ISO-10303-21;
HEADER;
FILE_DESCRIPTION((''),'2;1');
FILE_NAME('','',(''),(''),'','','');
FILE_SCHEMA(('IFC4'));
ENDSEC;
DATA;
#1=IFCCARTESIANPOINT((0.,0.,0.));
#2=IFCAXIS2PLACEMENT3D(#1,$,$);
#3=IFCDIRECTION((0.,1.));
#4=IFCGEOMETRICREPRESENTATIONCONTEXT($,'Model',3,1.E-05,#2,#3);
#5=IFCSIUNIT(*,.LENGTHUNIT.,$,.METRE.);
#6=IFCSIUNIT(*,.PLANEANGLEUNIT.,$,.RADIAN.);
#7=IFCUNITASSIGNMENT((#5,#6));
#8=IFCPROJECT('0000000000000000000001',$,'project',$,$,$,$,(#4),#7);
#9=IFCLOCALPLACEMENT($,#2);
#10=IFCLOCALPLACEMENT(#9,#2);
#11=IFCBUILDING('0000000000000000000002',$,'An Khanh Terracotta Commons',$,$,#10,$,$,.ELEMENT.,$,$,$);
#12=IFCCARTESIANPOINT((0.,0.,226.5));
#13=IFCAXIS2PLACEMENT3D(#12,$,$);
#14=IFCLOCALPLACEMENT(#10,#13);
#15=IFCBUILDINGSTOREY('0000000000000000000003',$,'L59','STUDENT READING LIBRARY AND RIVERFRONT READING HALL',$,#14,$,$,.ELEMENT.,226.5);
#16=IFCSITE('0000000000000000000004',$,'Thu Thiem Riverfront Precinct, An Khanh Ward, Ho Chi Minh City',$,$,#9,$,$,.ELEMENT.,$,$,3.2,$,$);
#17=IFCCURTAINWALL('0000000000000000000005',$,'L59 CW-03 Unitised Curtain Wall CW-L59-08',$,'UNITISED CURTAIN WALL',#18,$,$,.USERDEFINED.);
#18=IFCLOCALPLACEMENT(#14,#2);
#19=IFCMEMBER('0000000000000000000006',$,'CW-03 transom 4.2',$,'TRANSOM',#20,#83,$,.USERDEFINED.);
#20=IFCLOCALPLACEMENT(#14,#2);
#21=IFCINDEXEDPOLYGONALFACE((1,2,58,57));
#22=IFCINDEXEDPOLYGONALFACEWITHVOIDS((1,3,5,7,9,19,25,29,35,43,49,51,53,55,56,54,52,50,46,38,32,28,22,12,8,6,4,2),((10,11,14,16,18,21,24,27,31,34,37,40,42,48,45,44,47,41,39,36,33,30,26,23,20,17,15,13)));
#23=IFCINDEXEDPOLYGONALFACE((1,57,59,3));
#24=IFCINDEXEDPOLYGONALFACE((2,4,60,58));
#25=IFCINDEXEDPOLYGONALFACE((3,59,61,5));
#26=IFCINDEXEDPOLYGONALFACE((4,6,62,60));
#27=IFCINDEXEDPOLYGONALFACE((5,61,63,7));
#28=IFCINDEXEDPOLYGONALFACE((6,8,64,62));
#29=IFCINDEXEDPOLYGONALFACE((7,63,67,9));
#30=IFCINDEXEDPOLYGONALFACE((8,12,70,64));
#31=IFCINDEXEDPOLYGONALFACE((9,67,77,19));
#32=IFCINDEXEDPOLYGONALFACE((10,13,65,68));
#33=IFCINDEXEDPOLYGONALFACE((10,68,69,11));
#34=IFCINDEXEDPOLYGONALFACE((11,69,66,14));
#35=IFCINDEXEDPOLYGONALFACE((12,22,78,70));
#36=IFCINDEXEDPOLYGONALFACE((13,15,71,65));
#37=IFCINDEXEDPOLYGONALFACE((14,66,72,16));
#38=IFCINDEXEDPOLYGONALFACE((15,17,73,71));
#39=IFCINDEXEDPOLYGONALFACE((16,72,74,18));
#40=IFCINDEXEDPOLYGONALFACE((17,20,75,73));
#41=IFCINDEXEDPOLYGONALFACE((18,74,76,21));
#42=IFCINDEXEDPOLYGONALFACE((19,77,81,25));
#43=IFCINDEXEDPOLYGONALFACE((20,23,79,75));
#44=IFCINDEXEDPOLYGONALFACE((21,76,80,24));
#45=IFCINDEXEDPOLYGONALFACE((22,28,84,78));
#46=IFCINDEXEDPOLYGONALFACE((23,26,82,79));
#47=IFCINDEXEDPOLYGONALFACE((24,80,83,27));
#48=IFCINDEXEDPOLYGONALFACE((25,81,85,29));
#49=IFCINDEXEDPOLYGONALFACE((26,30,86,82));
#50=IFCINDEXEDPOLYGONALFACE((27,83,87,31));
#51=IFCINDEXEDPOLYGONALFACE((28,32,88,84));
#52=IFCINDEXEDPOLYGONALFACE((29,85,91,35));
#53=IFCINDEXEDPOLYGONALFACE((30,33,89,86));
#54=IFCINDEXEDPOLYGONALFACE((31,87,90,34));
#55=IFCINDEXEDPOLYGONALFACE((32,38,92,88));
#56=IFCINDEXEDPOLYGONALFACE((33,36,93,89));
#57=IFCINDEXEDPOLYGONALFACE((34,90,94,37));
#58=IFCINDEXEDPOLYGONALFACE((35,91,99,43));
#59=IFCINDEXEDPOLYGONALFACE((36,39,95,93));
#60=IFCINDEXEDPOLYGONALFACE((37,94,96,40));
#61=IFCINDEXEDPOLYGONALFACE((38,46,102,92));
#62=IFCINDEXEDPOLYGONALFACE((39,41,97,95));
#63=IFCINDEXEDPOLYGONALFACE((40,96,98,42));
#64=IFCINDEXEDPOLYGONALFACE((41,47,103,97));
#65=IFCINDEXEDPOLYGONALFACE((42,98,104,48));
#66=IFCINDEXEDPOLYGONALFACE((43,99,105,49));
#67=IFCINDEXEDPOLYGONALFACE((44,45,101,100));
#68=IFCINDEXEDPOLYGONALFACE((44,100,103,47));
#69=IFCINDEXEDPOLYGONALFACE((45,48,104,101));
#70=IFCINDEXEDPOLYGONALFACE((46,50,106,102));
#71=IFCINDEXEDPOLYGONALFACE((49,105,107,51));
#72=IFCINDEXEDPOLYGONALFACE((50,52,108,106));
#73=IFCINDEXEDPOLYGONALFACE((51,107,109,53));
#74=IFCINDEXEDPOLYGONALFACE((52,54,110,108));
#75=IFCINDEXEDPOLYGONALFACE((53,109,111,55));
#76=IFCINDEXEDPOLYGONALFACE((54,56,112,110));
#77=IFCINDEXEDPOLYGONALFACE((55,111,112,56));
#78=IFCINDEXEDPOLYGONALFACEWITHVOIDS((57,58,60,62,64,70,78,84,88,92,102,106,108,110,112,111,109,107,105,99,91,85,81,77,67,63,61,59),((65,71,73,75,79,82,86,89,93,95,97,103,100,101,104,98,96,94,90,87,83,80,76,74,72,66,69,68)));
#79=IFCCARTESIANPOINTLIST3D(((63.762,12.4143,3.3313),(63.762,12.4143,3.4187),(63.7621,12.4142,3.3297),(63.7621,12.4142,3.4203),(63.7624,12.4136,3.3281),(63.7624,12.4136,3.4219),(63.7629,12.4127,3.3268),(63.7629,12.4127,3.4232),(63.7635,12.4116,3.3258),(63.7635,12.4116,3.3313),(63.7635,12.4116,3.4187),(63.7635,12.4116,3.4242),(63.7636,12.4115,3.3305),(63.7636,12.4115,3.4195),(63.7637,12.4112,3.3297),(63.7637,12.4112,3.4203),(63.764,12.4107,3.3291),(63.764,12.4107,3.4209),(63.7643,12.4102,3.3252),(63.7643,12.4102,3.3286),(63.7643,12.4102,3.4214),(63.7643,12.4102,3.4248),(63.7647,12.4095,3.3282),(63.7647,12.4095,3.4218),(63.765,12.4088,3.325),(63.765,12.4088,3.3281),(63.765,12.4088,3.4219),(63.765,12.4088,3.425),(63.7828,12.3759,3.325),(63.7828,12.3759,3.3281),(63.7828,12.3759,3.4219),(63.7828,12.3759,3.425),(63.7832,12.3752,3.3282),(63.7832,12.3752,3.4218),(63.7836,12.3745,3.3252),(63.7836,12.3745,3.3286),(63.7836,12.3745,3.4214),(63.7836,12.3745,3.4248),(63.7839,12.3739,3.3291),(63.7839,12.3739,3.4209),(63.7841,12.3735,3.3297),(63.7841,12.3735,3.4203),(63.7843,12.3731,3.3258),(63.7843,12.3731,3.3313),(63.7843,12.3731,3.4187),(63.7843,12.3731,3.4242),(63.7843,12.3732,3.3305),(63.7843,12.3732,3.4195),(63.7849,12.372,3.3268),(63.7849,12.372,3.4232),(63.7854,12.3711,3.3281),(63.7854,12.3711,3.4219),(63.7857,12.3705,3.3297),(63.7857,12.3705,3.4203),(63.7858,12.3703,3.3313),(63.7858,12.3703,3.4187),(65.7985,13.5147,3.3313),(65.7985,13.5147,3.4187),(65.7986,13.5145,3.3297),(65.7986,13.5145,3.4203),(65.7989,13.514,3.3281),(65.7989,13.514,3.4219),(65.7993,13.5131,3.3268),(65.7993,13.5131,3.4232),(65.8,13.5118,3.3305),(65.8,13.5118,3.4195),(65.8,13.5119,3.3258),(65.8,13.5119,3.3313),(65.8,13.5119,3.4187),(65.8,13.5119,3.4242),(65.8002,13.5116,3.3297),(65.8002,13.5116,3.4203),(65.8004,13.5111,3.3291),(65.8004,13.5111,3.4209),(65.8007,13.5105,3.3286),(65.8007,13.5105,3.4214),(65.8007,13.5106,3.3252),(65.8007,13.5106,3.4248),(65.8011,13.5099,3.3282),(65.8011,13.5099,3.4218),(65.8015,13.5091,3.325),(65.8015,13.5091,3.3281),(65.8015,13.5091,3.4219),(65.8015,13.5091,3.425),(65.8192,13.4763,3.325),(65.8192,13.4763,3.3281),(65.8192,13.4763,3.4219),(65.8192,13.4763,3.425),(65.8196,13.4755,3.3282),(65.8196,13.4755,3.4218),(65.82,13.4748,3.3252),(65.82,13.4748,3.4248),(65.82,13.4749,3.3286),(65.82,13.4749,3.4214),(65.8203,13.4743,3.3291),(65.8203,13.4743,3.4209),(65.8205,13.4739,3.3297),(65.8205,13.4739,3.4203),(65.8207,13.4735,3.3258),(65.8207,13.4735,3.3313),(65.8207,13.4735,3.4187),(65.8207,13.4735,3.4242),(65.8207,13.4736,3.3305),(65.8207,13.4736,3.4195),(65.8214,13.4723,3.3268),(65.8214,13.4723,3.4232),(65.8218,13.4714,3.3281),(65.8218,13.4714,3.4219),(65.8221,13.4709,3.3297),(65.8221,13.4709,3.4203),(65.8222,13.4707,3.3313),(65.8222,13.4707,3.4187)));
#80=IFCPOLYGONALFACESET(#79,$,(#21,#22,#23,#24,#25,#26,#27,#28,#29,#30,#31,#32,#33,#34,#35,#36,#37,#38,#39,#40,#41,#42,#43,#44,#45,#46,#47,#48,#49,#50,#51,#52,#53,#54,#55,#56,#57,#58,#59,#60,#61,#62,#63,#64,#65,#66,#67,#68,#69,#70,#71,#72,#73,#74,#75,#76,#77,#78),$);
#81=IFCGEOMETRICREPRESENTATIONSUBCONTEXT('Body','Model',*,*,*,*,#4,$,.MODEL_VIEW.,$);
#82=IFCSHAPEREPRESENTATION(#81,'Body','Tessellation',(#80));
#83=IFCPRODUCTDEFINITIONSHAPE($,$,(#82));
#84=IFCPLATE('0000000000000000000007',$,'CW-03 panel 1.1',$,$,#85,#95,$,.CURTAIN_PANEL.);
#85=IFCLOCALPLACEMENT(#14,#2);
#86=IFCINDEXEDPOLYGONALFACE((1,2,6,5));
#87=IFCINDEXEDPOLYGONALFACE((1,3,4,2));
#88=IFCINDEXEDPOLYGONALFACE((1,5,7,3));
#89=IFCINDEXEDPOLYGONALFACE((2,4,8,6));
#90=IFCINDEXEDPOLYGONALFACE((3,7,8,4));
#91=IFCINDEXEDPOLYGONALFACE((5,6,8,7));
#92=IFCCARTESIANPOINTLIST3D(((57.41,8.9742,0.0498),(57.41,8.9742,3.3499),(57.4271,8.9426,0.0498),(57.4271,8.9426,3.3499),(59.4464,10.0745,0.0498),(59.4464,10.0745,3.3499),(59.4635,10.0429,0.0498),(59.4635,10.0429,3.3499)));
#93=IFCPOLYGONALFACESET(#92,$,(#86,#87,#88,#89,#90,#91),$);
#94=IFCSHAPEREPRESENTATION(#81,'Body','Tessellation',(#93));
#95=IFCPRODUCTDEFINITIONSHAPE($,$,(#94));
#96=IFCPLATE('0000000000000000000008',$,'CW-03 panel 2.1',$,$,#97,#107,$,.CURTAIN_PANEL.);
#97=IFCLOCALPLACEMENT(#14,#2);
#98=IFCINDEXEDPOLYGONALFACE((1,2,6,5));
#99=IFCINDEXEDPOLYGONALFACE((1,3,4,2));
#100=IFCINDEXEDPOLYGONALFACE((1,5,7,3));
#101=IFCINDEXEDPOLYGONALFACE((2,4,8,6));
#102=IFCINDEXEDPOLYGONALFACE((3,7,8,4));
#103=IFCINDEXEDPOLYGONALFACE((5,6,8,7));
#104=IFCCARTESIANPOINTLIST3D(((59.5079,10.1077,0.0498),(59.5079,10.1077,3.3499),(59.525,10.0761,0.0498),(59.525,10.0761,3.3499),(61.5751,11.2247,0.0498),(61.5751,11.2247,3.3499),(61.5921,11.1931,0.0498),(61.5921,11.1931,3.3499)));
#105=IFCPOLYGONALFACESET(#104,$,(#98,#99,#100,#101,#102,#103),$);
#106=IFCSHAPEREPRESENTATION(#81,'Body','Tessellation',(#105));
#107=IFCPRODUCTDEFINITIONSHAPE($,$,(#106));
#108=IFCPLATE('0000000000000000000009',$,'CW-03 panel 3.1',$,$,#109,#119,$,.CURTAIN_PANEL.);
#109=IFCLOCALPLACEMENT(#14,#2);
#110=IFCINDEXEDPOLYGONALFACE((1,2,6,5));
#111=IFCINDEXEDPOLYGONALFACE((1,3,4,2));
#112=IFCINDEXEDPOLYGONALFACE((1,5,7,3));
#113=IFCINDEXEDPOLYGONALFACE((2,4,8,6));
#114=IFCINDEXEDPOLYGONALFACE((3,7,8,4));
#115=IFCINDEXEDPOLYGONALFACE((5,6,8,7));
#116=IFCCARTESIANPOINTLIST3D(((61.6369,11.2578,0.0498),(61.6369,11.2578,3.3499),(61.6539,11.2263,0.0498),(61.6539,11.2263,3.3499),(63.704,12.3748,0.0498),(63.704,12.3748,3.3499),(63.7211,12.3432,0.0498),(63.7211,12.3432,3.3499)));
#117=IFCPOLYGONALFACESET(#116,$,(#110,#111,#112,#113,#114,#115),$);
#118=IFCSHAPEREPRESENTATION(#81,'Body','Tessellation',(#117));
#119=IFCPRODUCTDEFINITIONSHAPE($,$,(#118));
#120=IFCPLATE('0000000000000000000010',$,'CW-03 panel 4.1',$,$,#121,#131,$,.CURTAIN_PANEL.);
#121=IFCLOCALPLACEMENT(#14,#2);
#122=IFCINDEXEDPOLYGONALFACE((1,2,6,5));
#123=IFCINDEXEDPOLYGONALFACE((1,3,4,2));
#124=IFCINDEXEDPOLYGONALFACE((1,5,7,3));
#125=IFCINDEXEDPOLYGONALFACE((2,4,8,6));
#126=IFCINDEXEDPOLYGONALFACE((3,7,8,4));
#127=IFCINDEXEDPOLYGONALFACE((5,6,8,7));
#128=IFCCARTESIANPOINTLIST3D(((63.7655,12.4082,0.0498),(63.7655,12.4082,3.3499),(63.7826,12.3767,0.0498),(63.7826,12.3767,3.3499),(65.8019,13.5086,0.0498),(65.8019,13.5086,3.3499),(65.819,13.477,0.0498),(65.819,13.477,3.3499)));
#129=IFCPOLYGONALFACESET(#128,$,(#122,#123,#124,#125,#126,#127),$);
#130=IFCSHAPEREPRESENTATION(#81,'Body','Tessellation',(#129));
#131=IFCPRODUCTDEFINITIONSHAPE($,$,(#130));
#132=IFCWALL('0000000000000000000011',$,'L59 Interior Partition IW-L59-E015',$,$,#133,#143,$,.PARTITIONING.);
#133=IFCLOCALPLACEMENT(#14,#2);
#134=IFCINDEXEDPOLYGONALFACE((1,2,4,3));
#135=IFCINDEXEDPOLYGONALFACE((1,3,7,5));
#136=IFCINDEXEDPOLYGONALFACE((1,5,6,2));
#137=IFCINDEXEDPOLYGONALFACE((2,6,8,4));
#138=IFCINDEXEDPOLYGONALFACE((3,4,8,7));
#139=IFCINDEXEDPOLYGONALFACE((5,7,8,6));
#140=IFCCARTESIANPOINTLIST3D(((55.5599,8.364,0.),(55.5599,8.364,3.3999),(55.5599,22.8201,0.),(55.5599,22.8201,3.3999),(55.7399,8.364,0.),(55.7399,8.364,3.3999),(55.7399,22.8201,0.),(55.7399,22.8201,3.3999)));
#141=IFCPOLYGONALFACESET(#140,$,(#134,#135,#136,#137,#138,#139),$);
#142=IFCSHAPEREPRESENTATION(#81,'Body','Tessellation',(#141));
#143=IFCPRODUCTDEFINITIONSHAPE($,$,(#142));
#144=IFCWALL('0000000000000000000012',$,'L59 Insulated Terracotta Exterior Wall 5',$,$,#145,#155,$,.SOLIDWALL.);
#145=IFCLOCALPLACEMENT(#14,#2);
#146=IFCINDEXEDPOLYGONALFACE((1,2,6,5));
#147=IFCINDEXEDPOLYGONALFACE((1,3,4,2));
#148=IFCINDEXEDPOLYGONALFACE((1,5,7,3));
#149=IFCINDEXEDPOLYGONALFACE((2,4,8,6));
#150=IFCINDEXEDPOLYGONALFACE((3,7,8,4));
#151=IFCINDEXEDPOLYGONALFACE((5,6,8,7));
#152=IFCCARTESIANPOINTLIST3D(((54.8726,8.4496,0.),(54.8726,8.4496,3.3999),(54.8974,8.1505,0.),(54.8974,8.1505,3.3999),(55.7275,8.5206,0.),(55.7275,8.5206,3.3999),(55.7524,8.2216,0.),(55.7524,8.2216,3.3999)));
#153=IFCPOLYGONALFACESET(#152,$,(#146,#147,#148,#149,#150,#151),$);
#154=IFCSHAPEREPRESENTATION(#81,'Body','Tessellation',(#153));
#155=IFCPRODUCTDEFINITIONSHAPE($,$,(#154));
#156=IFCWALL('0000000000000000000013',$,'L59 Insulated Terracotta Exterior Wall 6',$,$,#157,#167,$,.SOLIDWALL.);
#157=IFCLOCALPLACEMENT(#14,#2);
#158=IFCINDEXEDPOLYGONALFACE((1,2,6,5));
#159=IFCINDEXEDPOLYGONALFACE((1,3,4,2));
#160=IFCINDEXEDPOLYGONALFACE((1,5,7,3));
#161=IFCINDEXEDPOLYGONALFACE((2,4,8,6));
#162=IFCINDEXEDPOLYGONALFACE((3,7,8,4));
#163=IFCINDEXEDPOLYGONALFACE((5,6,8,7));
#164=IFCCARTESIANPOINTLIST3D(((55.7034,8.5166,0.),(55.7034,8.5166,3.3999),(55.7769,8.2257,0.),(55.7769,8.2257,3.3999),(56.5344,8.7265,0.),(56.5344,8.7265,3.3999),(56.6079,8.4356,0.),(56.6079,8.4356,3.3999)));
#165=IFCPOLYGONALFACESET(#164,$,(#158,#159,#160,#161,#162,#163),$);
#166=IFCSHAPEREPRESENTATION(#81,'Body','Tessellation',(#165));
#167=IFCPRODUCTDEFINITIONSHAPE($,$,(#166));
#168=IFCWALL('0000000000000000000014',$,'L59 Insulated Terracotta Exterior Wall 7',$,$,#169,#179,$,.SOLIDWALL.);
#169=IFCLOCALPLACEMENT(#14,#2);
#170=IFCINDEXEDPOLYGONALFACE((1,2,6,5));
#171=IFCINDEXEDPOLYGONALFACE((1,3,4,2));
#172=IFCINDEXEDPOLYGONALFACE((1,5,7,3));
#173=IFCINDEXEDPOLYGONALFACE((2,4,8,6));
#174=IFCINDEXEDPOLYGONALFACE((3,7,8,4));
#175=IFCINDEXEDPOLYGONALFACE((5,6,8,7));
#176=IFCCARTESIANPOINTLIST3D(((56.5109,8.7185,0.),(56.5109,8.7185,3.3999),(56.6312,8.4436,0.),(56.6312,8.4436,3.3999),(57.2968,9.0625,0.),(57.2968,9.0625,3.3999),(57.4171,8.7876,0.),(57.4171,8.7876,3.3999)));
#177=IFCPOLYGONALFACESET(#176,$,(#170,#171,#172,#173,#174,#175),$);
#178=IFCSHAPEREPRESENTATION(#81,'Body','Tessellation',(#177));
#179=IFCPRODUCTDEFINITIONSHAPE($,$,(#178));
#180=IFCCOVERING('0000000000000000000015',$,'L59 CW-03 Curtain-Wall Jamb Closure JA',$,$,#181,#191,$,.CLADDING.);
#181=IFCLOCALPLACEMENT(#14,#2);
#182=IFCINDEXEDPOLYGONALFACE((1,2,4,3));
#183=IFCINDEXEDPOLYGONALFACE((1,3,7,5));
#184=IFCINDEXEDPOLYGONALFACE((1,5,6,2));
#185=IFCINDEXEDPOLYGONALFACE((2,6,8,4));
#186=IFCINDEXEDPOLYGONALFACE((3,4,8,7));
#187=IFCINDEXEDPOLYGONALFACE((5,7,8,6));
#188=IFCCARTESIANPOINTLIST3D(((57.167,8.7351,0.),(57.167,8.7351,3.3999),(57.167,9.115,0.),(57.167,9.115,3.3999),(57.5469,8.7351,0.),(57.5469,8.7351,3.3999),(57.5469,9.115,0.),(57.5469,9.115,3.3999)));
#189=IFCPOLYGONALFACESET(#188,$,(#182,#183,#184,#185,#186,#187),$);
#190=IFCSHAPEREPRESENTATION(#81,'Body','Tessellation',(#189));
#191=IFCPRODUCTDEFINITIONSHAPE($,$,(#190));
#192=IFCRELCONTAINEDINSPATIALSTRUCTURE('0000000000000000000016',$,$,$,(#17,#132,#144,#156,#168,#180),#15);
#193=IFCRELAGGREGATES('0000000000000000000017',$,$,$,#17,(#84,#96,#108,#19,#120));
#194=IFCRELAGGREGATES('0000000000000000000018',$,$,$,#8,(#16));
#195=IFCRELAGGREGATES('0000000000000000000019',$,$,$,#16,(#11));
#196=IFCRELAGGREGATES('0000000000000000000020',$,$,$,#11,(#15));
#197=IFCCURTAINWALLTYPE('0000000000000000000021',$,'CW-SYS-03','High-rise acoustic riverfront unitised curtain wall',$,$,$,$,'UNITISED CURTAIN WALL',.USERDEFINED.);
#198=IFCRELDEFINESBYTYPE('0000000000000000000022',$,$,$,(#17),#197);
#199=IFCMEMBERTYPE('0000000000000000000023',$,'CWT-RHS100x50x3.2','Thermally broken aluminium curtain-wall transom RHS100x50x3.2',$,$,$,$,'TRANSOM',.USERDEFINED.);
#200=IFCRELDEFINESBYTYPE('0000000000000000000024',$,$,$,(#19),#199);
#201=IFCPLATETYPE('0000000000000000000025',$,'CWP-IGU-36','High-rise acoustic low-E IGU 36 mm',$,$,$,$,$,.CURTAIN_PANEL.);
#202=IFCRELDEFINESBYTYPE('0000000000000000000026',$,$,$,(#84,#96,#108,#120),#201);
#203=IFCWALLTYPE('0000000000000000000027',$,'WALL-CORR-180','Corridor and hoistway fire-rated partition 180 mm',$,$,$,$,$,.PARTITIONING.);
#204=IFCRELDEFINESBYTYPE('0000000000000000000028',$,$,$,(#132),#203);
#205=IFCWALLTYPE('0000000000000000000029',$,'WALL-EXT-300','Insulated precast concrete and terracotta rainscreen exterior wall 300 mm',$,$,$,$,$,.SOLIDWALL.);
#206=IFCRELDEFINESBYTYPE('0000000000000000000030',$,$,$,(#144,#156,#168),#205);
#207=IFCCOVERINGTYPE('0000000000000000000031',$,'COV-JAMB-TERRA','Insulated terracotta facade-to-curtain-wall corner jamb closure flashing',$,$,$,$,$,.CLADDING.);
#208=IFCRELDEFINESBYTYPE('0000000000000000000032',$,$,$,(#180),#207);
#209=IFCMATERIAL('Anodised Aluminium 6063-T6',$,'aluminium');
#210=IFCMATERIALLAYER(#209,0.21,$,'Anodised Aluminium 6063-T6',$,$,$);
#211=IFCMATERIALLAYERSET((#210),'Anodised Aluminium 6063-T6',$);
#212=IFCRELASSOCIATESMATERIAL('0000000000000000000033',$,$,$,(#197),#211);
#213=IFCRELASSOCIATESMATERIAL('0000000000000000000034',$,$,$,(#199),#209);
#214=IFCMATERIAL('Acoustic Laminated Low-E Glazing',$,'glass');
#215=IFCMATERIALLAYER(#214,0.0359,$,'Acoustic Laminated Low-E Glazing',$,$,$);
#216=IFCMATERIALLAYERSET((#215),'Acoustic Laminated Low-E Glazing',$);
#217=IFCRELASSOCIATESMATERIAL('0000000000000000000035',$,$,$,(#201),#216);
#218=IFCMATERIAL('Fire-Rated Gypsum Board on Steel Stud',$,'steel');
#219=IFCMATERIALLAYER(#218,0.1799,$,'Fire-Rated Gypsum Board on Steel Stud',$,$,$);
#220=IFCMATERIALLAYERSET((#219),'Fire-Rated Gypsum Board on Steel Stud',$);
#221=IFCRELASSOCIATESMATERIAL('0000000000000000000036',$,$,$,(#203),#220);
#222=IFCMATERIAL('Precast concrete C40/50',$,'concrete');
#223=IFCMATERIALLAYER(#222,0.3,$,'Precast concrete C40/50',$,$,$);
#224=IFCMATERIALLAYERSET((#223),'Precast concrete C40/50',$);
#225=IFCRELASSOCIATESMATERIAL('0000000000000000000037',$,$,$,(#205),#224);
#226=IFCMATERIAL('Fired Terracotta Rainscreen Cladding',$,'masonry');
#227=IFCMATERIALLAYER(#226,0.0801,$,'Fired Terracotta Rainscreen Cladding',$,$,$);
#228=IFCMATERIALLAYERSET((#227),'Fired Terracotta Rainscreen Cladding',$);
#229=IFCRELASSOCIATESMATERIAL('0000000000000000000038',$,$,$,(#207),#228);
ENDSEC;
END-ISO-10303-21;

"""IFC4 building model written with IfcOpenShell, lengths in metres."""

from ifc_helpers import new_model, si_unit, direction, frame, frame_2d, origin, origin_2d, place, context, subcontext, project, spatial, rectangle, hollow_rectangle, extrude, material, layer, layer_set, material_profile, profile_set, type_object, element, aggregate, save


model = new_model("IFC4")

# Units and contexts
model_context = context("Model", 3, precision=1e-05, world=origin(), true_north=direction((0.0, 1.0)))
body_context = subcontext(model_context, "Body", "Model", "MODEL_VIEW")
ifc_project = project(units=[si_unit("LENGTHUNIT", "METRE"), si_unit("PLANEANGLEUNIT", "RADIAN")], contexts=[model_context])

# Site, building, storey
site_placement = place(None, origin())
site = spatial("IfcSite", under=ifc_project, at=site_placement, Name="Thu Thiem Riverfront Precinct, An Khanh Ward, Ho Chi Minh City", CompositionType="ELEMENT", RefElevation=3.2)
building_placement = place(site_placement, origin())
building = spatial("IfcBuilding", under=site, at=building_placement, Name="An Khanh Terracotta Commons", CompositionType="ELEMENT")
storey_placement = place(building_placement, frame((0.0, 0.0, 226.5)))
storey = spatial("IfcBuildingStorey", under=building, at=storey_placement, Name="L59", Description="STUDENT READING LIBRARY AND RIVERFRONT READING HALL", CompositionType="ELEMENT", Elevation=226.5)

# Curtain wall, member, plates
ifc_material_1 = material(Name="Anodised Aluminium 6063-T6", Category="aluminium")
ifc_layer_1 = layer(ifc_material_1, 0.21, Name="Anodised Aluminium 6063-T6")
ifc_layer_set_1 = layer_set([ifc_layer_1], Name="Anodised Aluminium 6063-T6")
curtain_wall_type = type_object("IfcCurtainWallType", Name="CW-SYS-03", Description="High-rise acoustic riverfront unitised curtain wall", ElementType="UNITISED CURTAIN WALL", PredefinedType="USERDEFINED", material=ifc_layer_set_1)
curtain_wall_placement = place(storey_placement, origin())
curtain_wall = element("IfcCurtainWall", 1, at=curtain_wall_placement, inside=storey, type_object=curtain_wall_type, Name="L59 CW-03 Unitised Curtain Wall CW-L59-08", ObjectType="UNITISED CURTAIN WALL", PredefinedType="USERDEFINED")
ifc_material_profile_1 = material_profile(ifc_material_1, hollow_rectangle(XDim=0.05, YDim=0.1001, WallThickness=0.0032, InnerFilletRadius=0.0032, OuterFilletRadius=0.0063, at=origin_2d()), Name="RHS100x50x3.2")
ifc_profile_set_1 = profile_set([ifc_material_profile_1], Name="Anodised Aluminium 6063-T6")
member_type_1 = type_object("IfcMemberType", Name="CWT-RHS100x50x3.2", Description="Thermally broken aluminium curtain-wall transom RHS100x50x3.2", ElementType="TRANSOM", PredefinedType="USERDEFINED", material=ifc_profile_set_1)
member_1_placement = place(storey_placement, frame((63.7739, 12.3923, 3.375), z_axis=(0.879779, 0.475382, 0.0), x_axis=(-0.475382, 0.879779, 0.0)))
member_1 = element("IfcMember", 2, at=member_1_placement, type_object=member_type_1, Name="CW-03 transom 4.2", ObjectType="TRANSOM", PredefinedType="USERDEFINED", context=body_context, shape_type="SweptSolid", body=[
    extrude(hollow_rectangle(XDim=0.05, YDim=0.1001, WallThickness=0.0032, InnerFilletRadius=0.0032, OuterFilletRadius=0.0063, at=origin_2d()), origin(), (0.0, 0.0, 1.0), 2.3147),
])
ifc_material_2 = material(Name="Acoustic Laminated Low-E Glazing", Category="glass")
ifc_layer_2 = layer(ifc_material_2, 0.0359, Name="Acoustic Laminated Low-E Glazing")
ifc_layer_set_2 = layer_set([ifc_layer_2], Name="Acoustic Laminated Low-E Glazing")
plate_type = type_object("IfcPlateType", Name="CWP-IGU-36", Description="High-rise acoustic low-E IGU 36 mm", PredefinedType="CURTAIN_PANEL", material=ifc_layer_set_2)
plate_1_placement = place(storey_placement, frame((58.4368, 9.5085, 0.0498), z_axis=(0.0, 0.0, 1.0), x_axis=(0.87978, 0.475381, 0.0)))
plate_1 = element("IfcPlate", 3, at=plate_1_placement, type_object=plate_type, Name="CW-03 panel 1.1", PredefinedType="CURTAIN_PANEL", context=body_context, shape_type="SweptSolid", body=[
    extrude(rectangle(XDim=2.3147, YDim=0.0359, at=origin_2d()), origin(), (0.0, 0.0, 1.0), 3.3),
])
plate_2_placement = place(storey_placement, frame((60.55, 10.6504, 0.0498), z_axis=(0.0, 0.0, 1.0), x_axis=(0.87978, 0.475381, 0.0)))
plate_2 = element("IfcPlate", 4, at=plate_2_placement, type_object=plate_type, Name="CW-03 panel 2.1", PredefinedType="CURTAIN_PANEL", context=body_context, shape_type="SweptSolid", body=[
    extrude(rectangle(XDim=2.3496, YDim=0.0359, at=origin_2d()), origin(), (0.0, 0.0, 1.0), 3.3),
])
plate_3_placement = place(storey_placement, frame((62.679, 11.8005, 0.0498), z_axis=(0.0, 0.0, 1.0), x_axis=(0.87978, 0.475381, 0.0)))
plate_3 = element("IfcPlate", 5, at=plate_3_placement, type_object=plate_type, Name="CW-03 panel 3.1", PredefinedType="CURTAIN_PANEL", context=body_context, shape_type="SweptSolid", body=[
    extrude(rectangle(XDim=2.3496, YDim=0.0359, at=origin_2d()), origin(), (0.0, 0.0, 1.0), 3.3),
])
plate_4_placement = place(storey_placement, frame((64.7922, 12.9426, 0.0498), z_axis=(0.0, 0.0, 1.0), x_axis=(0.87978, 0.475381, 0.0)))
plate_4 = element("IfcPlate", 6, at=plate_4_placement, type_object=plate_type, Name="CW-03 panel 4.1", PredefinedType="CURTAIN_PANEL", context=body_context, shape_type="SweptSolid", body=[
    extrude(rectangle(XDim=2.3147, YDim=0.0359, at=origin_2d()), origin(), (0.0, 0.0, 1.0), 3.3),
])
aggregate(curtain_wall, [plate_1, plate_2, plate_3, member_1, plate_4])

# Walls
ifc_material_3 = material(Name="Fire-Rated Gypsum Board on Steel Stud", Category="steel")
ifc_layer_3 = layer(ifc_material_3, 0.1799, Name="Fire-Rated Gypsum Board on Steel Stud")
ifc_layer_set_3 = layer_set([ifc_layer_3], Name="Fire-Rated Gypsum Board on Steel Stud")
wall_type_1 = type_object("IfcWallType", Name="WALL-CORR-180", Description="Corridor and hoistway fire-rated partition 180 mm", PredefinedType="PARTITIONING", material=ifc_layer_set_3)
wall_1_placement = place(storey_placement, frame((55.6499, 8.364, 0.0), z_axis=(0.0, 0.0, 1.0), x_axis=(0.0, 1.0, 0.0)))
element("IfcWall", 7, at=wall_1_placement, inside=storey, type_object=wall_type_1, Name="L59 Interior Partition IW-L59-E015", PredefinedType="PARTITIONING", context=body_context, shape_type="SweptSolid", body=[
    extrude(rectangle(XDim=14.4561, YDim=0.1799, at=frame_2d((7.228, 0.0))), origin(), (0.0, 0.0, 1.0), 3.3999),
])
ifc_material_4 = material(Name="Precast concrete C40/50", Category="concrete")
ifc_layer_4 = layer(ifc_material_4, 0.3, Name="Precast concrete C40/50")
ifc_layer_set_4 = layer_set([ifc_layer_4], Name="Precast concrete C40/50")
wall_type_2 = type_object("IfcWallType", Name="WALL-EXT-300", Description="Insulated precast concrete and terracotta rainscreen exterior wall 300 mm", PredefinedType="SOLIDWALL", material=ifc_layer_set_4)
wall_2_placement = place(storey_placement, frame((54.885, 8.3, 0.0), z_axis=(0.0, 0.0, 1.0), x_axis=(0.996565, 0.08281, 0.0)))
element("IfcWall", 8, at=wall_2_placement, inside=storey, type_object=wall_type_2, Name="L59 Insulated Terracotta Exterior Wall 5", PredefinedType="SOLIDWALL", context=body_context, shape_type="SweptSolid", body=[
    extrude(rectangle(XDim=0.8579, YDim=0.3, at=frame_2d((0.429, 0.0))), origin(), (0.0, 0.0, 1.0), 3.3999),
])
wall_3_placement = place(storey_placement, frame((55.74, 8.3711, 0.0), z_axis=(0.0, 0.0, 1.0), x_axis=(0.969536, 0.244947, 0.0)))
element("IfcWall", 9, at=wall_3_placement, inside=storey, type_object=wall_type_2, Name="L59 Insulated Terracotta Exterior Wall 6", PredefinedType="SOLIDWALL", context=body_context, shape_type="SweptSolid", body=[
    extrude(rectangle(XDim=0.8572, YDim=0.3, at=frame_2d((0.4287, 0.0))), origin(), (0.0, 0.0, 1.0), 3.3999),
])
wall_4_placement = place(storey_placement, frame((56.571, 8.5811, 0.0), z_axis=(0.0, 0.0, 1.0), x_axis=(0.916085, 0.400983, 0.0)))
element("IfcWall", 10, at=wall_4_placement, inside=storey, type_object=wall_type_2, Name="L59 Insulated Terracotta Exterior Wall 7", PredefinedType="SOLIDWALL", context=body_context, shape_type="SweptSolid", body=[
    extrude(rectangle(XDim=0.8579, YDim=0.3, at=frame_2d((0.429, 0.0))), origin(), (0.0, 0.0, 1.0), 3.3999),
])

# Covering
ifc_material_5 = material(Name="Fired Terracotta Rainscreen Cladding", Category="masonry")
ifc_layer_5 = layer(ifc_material_5, 0.0801, Name="Fired Terracotta Rainscreen Cladding")
ifc_layer_set_5 = layer_set([ifc_layer_5], Name="Fired Terracotta Rainscreen Cladding")
covering_type = type_object("IfcCoveringType", Name="COV-JAMB-TERRA", Description="Insulated terracotta facade-to-curtain-wall corner jamb closure flashing", PredefinedType="CLADDING", material=ifc_layer_set_5)
for number, where, z_axis, x_axis, name in (
    (11, (57.3569, 8.925, 0.0), (0.0, 0.0, 1.0), (1.0, 0.0, 0.0), "L59 CW-03 Curtain-Wall Jamb Closure JA"),
):
    element("IfcCovering", number, at=place(storey_placement, frame(where, z_axis=z_axis, x_axis=x_axis)), inside=storey, type_object=covering_type, Name=name, PredefinedType="CLADDING", context=body_context, shape_type="SweptSolid", body=[
        extrude(rectangle(XDim=0.3799, YDim=0.3799, at=origin_2d()), origin(), (0.0, 0.0, 1.0), 3.3999),
    ])

save(model, "model.ifc")
